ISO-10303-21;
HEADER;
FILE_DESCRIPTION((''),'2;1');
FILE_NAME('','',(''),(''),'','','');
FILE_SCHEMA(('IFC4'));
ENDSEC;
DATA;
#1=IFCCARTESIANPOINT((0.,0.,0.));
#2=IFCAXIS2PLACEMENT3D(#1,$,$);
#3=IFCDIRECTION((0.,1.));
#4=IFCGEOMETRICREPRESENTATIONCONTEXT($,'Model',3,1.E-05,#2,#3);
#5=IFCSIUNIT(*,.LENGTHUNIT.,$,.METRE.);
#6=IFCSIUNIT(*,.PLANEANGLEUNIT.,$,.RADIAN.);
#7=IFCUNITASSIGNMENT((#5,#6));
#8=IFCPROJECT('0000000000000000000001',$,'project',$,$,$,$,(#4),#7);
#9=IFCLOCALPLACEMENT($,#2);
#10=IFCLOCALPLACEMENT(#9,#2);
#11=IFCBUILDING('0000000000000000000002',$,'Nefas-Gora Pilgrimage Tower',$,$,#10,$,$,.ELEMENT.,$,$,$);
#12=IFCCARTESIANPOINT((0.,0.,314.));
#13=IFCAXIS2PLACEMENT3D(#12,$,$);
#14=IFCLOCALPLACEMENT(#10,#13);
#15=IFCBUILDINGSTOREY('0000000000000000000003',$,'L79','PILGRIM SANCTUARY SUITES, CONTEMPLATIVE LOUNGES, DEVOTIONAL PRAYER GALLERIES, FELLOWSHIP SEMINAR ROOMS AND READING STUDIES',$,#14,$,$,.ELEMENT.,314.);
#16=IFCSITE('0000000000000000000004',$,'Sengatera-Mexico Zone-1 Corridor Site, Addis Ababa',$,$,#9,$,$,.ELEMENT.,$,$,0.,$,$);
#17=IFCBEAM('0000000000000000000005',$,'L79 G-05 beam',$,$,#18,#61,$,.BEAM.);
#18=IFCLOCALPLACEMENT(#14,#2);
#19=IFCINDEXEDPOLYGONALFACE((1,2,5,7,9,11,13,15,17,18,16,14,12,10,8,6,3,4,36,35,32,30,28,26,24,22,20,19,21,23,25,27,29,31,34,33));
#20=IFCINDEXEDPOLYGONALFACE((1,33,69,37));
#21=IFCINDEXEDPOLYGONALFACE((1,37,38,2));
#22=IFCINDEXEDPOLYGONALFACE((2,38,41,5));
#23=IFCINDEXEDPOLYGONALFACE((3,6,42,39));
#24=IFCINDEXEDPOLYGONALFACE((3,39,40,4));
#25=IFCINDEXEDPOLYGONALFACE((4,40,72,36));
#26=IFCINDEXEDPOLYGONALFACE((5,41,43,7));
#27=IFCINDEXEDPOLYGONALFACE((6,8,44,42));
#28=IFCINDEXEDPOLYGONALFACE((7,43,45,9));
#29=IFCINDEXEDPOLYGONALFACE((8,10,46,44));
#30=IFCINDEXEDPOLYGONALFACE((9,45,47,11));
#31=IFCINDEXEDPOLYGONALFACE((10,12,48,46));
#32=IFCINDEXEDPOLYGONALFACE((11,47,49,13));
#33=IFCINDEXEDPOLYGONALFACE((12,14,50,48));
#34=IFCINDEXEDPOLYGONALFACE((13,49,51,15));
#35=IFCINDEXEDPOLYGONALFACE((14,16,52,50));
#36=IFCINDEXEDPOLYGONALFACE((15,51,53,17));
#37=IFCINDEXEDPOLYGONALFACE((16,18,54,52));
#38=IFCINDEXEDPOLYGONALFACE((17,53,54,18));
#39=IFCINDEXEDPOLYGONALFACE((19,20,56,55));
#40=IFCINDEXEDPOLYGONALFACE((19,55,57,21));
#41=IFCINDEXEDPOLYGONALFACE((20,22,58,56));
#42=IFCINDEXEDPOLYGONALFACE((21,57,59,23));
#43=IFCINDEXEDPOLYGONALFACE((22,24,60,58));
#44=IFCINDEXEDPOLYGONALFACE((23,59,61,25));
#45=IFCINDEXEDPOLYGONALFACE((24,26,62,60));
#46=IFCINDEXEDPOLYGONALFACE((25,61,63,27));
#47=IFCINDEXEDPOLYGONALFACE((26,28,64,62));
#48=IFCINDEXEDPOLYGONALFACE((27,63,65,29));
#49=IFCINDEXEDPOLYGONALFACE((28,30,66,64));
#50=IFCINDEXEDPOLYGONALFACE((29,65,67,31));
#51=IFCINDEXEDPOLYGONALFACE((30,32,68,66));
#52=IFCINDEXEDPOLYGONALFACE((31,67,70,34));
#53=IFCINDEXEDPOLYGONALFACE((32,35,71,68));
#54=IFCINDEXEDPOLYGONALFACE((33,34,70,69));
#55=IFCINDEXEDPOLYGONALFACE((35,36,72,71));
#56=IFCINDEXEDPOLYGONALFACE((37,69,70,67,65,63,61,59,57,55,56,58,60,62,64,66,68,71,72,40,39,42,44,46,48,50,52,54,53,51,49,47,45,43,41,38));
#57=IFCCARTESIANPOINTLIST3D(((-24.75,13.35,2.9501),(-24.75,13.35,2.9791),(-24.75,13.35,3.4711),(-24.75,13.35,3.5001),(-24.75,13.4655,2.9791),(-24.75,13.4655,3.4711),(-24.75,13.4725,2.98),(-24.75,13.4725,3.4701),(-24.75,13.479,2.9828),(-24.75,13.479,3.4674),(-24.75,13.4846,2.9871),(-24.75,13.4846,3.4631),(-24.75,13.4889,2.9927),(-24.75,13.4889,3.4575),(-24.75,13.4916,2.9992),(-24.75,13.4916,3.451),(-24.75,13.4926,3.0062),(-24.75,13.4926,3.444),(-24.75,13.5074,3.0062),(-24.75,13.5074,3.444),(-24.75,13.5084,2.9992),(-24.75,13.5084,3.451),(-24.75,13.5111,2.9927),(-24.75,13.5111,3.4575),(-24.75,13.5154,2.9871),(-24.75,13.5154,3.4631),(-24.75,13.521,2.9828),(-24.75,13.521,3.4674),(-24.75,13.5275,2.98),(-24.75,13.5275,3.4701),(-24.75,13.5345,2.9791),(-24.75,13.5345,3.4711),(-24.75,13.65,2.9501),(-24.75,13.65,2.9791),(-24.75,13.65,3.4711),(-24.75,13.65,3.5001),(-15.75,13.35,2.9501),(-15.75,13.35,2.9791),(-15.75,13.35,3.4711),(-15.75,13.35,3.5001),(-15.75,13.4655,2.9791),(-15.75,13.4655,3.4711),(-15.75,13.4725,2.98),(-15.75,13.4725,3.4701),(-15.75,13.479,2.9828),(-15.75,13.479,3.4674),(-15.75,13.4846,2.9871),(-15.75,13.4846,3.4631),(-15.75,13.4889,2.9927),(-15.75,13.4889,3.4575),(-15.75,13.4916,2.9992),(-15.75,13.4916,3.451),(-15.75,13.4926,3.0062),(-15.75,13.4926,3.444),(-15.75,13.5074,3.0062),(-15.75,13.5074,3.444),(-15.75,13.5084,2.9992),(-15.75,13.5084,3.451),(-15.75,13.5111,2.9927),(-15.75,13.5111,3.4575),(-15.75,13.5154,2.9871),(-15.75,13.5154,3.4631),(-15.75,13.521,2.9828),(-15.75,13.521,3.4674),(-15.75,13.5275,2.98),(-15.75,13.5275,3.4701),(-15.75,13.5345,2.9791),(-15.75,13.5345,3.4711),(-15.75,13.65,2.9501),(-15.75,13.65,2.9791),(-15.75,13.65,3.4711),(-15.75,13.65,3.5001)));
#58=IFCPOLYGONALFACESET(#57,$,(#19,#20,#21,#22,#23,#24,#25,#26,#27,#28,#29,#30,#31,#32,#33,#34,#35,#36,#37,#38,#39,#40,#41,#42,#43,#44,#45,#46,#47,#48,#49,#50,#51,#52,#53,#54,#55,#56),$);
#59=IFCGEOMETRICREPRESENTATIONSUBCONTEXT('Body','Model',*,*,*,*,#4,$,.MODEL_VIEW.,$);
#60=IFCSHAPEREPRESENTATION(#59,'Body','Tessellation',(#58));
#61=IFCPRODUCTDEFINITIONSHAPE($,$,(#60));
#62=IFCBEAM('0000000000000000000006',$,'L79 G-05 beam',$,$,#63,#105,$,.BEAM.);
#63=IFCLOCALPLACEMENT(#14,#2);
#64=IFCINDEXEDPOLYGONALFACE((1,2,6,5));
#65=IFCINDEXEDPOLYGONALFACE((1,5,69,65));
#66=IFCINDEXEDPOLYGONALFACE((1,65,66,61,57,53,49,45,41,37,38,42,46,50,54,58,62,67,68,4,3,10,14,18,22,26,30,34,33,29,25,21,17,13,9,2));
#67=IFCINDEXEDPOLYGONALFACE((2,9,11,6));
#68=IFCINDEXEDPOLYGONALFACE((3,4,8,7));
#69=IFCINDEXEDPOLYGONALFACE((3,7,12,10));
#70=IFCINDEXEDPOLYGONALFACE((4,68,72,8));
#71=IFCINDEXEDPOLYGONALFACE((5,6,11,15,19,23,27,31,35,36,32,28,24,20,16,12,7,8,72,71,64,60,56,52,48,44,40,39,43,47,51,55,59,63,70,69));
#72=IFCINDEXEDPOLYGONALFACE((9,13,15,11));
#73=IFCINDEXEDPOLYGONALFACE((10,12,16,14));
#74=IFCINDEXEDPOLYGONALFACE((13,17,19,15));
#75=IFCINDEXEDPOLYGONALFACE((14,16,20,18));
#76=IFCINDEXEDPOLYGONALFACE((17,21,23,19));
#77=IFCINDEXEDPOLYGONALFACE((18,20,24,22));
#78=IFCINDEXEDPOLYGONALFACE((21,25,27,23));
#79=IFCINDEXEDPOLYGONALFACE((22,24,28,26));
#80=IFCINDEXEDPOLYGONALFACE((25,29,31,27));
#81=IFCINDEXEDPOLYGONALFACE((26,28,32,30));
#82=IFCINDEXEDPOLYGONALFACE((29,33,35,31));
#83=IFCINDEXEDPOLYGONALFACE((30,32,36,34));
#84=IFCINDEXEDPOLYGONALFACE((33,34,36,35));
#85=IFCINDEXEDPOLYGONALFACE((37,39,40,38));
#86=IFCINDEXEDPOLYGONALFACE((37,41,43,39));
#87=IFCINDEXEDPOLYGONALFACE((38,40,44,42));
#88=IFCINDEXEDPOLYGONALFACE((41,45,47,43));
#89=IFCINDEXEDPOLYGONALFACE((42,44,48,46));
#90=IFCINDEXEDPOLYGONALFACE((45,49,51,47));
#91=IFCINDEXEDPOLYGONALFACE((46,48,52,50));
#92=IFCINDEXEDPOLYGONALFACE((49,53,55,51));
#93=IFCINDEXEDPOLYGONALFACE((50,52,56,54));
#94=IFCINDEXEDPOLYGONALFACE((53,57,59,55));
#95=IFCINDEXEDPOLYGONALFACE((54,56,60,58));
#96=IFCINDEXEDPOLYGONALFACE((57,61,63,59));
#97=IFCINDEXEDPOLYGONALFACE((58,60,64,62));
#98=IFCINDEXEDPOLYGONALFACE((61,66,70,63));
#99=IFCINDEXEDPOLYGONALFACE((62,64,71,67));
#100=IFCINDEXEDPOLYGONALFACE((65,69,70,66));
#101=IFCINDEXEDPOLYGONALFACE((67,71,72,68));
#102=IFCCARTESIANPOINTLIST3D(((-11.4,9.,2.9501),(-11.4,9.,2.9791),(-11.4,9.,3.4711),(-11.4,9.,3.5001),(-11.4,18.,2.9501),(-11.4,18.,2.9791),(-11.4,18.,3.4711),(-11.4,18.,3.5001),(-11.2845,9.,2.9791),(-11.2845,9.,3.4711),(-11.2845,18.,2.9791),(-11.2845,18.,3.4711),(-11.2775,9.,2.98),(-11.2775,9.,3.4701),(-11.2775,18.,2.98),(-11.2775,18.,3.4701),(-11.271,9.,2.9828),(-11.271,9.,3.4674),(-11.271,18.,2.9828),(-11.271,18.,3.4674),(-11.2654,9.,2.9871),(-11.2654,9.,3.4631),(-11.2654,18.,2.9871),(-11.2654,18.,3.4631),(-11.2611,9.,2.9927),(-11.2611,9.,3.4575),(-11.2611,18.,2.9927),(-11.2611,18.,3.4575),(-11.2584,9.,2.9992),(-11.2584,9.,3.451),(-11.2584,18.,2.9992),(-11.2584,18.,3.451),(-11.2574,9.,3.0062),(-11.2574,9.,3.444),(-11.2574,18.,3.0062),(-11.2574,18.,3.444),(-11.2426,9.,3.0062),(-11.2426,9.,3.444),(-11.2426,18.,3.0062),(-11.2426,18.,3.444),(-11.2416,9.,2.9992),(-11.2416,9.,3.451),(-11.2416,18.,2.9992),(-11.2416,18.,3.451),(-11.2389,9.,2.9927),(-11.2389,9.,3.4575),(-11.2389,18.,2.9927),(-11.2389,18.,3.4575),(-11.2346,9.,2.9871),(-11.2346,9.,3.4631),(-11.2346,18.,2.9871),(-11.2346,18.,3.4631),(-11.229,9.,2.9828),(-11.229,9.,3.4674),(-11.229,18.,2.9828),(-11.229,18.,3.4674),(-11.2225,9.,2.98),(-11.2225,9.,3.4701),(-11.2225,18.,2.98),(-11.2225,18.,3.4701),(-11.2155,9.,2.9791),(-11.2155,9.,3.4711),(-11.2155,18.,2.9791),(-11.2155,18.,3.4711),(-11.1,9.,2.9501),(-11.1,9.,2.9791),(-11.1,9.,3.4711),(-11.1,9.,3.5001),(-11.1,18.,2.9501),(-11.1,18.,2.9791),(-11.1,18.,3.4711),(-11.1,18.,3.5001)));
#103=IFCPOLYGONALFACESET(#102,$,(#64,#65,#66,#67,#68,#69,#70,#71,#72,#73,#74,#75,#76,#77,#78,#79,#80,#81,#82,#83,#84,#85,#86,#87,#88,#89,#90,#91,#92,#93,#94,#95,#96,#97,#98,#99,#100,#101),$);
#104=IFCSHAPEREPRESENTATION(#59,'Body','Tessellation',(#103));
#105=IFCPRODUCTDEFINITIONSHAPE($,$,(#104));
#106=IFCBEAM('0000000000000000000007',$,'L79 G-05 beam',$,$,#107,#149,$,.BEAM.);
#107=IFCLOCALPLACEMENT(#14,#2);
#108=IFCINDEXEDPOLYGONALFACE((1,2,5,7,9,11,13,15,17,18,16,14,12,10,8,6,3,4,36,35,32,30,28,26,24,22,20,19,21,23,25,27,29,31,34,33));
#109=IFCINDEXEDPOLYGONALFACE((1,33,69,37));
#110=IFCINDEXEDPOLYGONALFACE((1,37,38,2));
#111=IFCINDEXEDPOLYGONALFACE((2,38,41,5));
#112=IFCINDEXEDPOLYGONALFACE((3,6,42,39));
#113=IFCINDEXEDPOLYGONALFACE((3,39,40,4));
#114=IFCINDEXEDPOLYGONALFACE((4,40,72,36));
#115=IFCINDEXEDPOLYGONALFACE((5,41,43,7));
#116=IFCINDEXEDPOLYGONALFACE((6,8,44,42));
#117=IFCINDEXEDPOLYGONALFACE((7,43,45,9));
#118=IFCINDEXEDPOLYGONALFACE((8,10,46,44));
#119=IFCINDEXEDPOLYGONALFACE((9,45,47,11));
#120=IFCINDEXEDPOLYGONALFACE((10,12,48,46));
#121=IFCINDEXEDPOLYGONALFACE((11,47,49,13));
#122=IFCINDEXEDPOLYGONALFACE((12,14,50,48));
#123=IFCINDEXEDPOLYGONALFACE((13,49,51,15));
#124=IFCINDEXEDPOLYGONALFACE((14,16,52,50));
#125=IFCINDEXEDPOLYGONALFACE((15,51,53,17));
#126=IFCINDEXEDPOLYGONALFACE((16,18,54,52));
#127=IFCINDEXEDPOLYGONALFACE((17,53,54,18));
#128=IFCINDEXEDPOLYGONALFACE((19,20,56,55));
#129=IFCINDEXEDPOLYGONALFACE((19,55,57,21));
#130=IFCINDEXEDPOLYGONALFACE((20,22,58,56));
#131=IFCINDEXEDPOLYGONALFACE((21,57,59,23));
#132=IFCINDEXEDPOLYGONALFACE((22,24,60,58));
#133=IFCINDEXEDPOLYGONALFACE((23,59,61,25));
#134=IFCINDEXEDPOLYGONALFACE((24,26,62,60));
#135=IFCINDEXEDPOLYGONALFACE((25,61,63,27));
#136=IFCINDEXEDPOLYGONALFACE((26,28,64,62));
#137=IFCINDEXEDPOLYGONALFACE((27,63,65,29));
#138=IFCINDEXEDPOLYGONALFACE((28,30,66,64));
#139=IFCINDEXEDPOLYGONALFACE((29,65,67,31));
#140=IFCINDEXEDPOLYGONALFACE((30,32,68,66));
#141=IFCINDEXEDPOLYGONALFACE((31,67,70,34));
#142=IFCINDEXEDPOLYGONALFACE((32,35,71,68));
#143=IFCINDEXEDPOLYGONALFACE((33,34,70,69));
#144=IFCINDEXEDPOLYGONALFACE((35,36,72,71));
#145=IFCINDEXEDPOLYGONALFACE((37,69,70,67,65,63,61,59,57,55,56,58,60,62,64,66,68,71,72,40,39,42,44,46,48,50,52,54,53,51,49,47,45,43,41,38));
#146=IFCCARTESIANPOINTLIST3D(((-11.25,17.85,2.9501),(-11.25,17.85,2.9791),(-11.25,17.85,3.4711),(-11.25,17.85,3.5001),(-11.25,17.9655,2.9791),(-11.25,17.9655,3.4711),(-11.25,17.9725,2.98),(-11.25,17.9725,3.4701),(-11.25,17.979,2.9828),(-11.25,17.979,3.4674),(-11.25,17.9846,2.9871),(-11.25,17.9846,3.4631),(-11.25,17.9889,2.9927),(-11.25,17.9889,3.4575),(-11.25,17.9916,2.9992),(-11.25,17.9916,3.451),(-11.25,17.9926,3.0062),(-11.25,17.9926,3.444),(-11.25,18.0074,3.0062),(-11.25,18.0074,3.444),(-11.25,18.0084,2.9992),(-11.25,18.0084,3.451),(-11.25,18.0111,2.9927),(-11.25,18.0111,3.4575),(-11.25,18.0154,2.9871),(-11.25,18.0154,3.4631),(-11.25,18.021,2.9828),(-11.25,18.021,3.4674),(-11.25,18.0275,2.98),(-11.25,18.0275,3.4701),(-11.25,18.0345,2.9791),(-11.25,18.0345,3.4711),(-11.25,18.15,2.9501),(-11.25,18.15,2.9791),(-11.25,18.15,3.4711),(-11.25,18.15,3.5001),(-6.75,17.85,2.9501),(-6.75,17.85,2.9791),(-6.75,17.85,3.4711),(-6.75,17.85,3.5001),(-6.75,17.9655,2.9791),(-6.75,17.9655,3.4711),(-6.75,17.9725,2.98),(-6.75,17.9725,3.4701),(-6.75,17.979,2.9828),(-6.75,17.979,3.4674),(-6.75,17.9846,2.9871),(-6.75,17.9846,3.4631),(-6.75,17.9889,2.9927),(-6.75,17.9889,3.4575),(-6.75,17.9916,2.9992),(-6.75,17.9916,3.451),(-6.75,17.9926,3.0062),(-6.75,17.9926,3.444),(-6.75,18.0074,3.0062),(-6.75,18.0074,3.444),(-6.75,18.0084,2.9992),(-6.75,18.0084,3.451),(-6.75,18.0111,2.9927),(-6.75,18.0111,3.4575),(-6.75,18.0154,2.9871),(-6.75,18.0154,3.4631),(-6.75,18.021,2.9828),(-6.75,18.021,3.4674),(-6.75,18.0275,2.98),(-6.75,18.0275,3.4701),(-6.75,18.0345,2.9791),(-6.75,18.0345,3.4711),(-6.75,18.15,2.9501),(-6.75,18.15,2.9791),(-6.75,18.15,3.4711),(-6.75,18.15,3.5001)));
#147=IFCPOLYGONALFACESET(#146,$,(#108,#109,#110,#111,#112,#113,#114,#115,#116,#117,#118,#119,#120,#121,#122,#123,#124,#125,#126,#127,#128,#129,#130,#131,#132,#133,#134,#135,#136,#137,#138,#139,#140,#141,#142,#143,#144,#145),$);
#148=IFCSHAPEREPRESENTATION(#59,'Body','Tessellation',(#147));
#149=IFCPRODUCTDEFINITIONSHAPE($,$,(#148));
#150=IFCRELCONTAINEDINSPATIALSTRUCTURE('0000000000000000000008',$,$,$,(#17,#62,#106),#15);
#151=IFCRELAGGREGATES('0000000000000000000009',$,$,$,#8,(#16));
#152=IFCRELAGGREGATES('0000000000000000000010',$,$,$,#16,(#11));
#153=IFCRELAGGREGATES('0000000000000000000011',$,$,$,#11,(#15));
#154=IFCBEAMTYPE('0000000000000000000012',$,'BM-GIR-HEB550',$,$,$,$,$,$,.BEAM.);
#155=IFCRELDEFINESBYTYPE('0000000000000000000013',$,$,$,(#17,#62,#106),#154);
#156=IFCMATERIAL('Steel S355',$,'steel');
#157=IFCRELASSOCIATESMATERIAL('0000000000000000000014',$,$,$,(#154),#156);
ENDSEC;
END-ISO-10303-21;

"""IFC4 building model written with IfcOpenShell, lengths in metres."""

from ifc_helpers import new_model, si_unit, direction, frame, origin, origin_2d, place, context, subcontext, project, spatial, i_section, extrude, source, transform, mapped, material, material_profile, profile_set, type_object, element, save


model = new_model("IFC4")

# Units and contexts
model_context = context("Model", 3, precision=1e-05, world=origin(), true_north=direction((0.0, 1.0)))
body_context = subcontext(model_context, "Body", "Model", "MODEL_VIEW")
ifc_project = project(units=[si_unit("LENGTHUNIT", "METRE"), si_unit("PLANEANGLEUNIT", "RADIAN")], contexts=[model_context])

# Site, building, storey
site_placement = place(None, origin())
site = spatial("IfcSite", under=ifc_project, at=site_placement, Name="Sengatera-Mexico Zone-1 Corridor Site, Addis Ababa", CompositionType="ELEMENT", RefElevation=0.0)
building_placement = place(site_placement, origin())
building = spatial("IfcBuilding", under=site, at=building_placement, Name="Nefas-Gora Pilgrimage Tower", CompositionType="ELEMENT")
storey_placement = place(building_placement, frame((0.0, 0.0, 314.0)))
storey = spatial("IfcBuildingStorey", under=building, at=storey_placement, Name="L79", Description="PILGRIM SANCTUARY SUITES, CONTEMPLATIVE LOUNGES, DEVOTIONAL PRAYER GALLERIES, FELLOWSHIP SEMINAR ROOMS AND READING STUDIES", CompositionType="ELEMENT", Elevation=314.0)

# Shared definitions
ifc_material_1 = material(Name="Steel S355", Category="steel")

# Beams
ifc_material_profile_1 = material_profile(ifc_material_1, i_section(OverallWidth=0.3, OverallDepth=0.55, WebThickness=0.0149, FlangeThickness=0.0291, FilletRadius=0.0271, at=origin_2d()), Name="HEB 550")
ifc_profile_set_1 = profile_set([ifc_material_profile_1], Name="Steel S355")
beam_type = type_object("IfcBeamType", Name="BM-GIR-HEB550", PredefinedType="BEAM", material=ifc_profile_set_1)
shared_shape_1 = source(origin(), body_context, "Body", "SweptSolid", [
    extrude(i_section(OverallWidth=0.3, OverallDepth=0.55, WebThickness=0.0149, FlangeThickness=0.0291, FilletRadius=0.0271, at=origin_2d()), origin(), (0.0, 0.0, 1.0), 9.0),
])
for number, where, z_axis, x_axis, name in (
    (1, (-24.75, 13.5, 3.2251), (1.0, 0.0, 0.0), (0.0, 1.0, 0.0), "L79 G-05 beam"),
    (2, (-11.25, 9.0, 3.2251), (0.0, 1.0, 0.0), (-1.0, 0.0, 0.0), "L79 G-05 beam"),
):
    element("IfcBeam", number, at=place(storey_placement, frame(where, z_axis=z_axis, x_axis=x_axis)), inside=storey, type_object=beam_type, Name=name, PredefinedType="BEAM", context=body_context, shape_type="MappedRepresentation", body=[
        mapped(shared_shape_1, transform((0.0, 0.0, 0.0), x_axis=(1.0, 0.0, 0.0), y_axis=(0.0, 1.0, 0.0), z_axis=(0.0, 0.0, 1.0), scale=1.0)),
    ])
shared_shape_2 = source(origin(), body_context, "Body", "SweptSolid", [
    extrude(i_section(OverallWidth=0.3, OverallDepth=0.55, WebThickness=0.0149, FlangeThickness=0.0291, FilletRadius=0.0271, at=origin_2d()), origin(), (0.0, 0.0, 1.0), 4.5),
])
beam_placement = place(storey_placement, frame((-11.25, 18.0, 3.2251), z_axis=(1.0, 0.0, 0.0), x_axis=(0.0, 1.0, 0.0)))
element("IfcBeam", 3, at=beam_placement, inside=storey, type_object=beam_type, Name="L79 G-05 beam", PredefinedType="BEAM", context=body_context, shape_type="MappedRepresentation", body=[
    mapped(shared_shape_2, transform((0.0, 0.0, 0.0), x_axis=(1.0, 0.0, 0.0), y_axis=(0.0, 1.0, 0.0), z_axis=(0.0, 0.0, 1.0), scale=1.0)),
])

save(model, "model.ifc")
